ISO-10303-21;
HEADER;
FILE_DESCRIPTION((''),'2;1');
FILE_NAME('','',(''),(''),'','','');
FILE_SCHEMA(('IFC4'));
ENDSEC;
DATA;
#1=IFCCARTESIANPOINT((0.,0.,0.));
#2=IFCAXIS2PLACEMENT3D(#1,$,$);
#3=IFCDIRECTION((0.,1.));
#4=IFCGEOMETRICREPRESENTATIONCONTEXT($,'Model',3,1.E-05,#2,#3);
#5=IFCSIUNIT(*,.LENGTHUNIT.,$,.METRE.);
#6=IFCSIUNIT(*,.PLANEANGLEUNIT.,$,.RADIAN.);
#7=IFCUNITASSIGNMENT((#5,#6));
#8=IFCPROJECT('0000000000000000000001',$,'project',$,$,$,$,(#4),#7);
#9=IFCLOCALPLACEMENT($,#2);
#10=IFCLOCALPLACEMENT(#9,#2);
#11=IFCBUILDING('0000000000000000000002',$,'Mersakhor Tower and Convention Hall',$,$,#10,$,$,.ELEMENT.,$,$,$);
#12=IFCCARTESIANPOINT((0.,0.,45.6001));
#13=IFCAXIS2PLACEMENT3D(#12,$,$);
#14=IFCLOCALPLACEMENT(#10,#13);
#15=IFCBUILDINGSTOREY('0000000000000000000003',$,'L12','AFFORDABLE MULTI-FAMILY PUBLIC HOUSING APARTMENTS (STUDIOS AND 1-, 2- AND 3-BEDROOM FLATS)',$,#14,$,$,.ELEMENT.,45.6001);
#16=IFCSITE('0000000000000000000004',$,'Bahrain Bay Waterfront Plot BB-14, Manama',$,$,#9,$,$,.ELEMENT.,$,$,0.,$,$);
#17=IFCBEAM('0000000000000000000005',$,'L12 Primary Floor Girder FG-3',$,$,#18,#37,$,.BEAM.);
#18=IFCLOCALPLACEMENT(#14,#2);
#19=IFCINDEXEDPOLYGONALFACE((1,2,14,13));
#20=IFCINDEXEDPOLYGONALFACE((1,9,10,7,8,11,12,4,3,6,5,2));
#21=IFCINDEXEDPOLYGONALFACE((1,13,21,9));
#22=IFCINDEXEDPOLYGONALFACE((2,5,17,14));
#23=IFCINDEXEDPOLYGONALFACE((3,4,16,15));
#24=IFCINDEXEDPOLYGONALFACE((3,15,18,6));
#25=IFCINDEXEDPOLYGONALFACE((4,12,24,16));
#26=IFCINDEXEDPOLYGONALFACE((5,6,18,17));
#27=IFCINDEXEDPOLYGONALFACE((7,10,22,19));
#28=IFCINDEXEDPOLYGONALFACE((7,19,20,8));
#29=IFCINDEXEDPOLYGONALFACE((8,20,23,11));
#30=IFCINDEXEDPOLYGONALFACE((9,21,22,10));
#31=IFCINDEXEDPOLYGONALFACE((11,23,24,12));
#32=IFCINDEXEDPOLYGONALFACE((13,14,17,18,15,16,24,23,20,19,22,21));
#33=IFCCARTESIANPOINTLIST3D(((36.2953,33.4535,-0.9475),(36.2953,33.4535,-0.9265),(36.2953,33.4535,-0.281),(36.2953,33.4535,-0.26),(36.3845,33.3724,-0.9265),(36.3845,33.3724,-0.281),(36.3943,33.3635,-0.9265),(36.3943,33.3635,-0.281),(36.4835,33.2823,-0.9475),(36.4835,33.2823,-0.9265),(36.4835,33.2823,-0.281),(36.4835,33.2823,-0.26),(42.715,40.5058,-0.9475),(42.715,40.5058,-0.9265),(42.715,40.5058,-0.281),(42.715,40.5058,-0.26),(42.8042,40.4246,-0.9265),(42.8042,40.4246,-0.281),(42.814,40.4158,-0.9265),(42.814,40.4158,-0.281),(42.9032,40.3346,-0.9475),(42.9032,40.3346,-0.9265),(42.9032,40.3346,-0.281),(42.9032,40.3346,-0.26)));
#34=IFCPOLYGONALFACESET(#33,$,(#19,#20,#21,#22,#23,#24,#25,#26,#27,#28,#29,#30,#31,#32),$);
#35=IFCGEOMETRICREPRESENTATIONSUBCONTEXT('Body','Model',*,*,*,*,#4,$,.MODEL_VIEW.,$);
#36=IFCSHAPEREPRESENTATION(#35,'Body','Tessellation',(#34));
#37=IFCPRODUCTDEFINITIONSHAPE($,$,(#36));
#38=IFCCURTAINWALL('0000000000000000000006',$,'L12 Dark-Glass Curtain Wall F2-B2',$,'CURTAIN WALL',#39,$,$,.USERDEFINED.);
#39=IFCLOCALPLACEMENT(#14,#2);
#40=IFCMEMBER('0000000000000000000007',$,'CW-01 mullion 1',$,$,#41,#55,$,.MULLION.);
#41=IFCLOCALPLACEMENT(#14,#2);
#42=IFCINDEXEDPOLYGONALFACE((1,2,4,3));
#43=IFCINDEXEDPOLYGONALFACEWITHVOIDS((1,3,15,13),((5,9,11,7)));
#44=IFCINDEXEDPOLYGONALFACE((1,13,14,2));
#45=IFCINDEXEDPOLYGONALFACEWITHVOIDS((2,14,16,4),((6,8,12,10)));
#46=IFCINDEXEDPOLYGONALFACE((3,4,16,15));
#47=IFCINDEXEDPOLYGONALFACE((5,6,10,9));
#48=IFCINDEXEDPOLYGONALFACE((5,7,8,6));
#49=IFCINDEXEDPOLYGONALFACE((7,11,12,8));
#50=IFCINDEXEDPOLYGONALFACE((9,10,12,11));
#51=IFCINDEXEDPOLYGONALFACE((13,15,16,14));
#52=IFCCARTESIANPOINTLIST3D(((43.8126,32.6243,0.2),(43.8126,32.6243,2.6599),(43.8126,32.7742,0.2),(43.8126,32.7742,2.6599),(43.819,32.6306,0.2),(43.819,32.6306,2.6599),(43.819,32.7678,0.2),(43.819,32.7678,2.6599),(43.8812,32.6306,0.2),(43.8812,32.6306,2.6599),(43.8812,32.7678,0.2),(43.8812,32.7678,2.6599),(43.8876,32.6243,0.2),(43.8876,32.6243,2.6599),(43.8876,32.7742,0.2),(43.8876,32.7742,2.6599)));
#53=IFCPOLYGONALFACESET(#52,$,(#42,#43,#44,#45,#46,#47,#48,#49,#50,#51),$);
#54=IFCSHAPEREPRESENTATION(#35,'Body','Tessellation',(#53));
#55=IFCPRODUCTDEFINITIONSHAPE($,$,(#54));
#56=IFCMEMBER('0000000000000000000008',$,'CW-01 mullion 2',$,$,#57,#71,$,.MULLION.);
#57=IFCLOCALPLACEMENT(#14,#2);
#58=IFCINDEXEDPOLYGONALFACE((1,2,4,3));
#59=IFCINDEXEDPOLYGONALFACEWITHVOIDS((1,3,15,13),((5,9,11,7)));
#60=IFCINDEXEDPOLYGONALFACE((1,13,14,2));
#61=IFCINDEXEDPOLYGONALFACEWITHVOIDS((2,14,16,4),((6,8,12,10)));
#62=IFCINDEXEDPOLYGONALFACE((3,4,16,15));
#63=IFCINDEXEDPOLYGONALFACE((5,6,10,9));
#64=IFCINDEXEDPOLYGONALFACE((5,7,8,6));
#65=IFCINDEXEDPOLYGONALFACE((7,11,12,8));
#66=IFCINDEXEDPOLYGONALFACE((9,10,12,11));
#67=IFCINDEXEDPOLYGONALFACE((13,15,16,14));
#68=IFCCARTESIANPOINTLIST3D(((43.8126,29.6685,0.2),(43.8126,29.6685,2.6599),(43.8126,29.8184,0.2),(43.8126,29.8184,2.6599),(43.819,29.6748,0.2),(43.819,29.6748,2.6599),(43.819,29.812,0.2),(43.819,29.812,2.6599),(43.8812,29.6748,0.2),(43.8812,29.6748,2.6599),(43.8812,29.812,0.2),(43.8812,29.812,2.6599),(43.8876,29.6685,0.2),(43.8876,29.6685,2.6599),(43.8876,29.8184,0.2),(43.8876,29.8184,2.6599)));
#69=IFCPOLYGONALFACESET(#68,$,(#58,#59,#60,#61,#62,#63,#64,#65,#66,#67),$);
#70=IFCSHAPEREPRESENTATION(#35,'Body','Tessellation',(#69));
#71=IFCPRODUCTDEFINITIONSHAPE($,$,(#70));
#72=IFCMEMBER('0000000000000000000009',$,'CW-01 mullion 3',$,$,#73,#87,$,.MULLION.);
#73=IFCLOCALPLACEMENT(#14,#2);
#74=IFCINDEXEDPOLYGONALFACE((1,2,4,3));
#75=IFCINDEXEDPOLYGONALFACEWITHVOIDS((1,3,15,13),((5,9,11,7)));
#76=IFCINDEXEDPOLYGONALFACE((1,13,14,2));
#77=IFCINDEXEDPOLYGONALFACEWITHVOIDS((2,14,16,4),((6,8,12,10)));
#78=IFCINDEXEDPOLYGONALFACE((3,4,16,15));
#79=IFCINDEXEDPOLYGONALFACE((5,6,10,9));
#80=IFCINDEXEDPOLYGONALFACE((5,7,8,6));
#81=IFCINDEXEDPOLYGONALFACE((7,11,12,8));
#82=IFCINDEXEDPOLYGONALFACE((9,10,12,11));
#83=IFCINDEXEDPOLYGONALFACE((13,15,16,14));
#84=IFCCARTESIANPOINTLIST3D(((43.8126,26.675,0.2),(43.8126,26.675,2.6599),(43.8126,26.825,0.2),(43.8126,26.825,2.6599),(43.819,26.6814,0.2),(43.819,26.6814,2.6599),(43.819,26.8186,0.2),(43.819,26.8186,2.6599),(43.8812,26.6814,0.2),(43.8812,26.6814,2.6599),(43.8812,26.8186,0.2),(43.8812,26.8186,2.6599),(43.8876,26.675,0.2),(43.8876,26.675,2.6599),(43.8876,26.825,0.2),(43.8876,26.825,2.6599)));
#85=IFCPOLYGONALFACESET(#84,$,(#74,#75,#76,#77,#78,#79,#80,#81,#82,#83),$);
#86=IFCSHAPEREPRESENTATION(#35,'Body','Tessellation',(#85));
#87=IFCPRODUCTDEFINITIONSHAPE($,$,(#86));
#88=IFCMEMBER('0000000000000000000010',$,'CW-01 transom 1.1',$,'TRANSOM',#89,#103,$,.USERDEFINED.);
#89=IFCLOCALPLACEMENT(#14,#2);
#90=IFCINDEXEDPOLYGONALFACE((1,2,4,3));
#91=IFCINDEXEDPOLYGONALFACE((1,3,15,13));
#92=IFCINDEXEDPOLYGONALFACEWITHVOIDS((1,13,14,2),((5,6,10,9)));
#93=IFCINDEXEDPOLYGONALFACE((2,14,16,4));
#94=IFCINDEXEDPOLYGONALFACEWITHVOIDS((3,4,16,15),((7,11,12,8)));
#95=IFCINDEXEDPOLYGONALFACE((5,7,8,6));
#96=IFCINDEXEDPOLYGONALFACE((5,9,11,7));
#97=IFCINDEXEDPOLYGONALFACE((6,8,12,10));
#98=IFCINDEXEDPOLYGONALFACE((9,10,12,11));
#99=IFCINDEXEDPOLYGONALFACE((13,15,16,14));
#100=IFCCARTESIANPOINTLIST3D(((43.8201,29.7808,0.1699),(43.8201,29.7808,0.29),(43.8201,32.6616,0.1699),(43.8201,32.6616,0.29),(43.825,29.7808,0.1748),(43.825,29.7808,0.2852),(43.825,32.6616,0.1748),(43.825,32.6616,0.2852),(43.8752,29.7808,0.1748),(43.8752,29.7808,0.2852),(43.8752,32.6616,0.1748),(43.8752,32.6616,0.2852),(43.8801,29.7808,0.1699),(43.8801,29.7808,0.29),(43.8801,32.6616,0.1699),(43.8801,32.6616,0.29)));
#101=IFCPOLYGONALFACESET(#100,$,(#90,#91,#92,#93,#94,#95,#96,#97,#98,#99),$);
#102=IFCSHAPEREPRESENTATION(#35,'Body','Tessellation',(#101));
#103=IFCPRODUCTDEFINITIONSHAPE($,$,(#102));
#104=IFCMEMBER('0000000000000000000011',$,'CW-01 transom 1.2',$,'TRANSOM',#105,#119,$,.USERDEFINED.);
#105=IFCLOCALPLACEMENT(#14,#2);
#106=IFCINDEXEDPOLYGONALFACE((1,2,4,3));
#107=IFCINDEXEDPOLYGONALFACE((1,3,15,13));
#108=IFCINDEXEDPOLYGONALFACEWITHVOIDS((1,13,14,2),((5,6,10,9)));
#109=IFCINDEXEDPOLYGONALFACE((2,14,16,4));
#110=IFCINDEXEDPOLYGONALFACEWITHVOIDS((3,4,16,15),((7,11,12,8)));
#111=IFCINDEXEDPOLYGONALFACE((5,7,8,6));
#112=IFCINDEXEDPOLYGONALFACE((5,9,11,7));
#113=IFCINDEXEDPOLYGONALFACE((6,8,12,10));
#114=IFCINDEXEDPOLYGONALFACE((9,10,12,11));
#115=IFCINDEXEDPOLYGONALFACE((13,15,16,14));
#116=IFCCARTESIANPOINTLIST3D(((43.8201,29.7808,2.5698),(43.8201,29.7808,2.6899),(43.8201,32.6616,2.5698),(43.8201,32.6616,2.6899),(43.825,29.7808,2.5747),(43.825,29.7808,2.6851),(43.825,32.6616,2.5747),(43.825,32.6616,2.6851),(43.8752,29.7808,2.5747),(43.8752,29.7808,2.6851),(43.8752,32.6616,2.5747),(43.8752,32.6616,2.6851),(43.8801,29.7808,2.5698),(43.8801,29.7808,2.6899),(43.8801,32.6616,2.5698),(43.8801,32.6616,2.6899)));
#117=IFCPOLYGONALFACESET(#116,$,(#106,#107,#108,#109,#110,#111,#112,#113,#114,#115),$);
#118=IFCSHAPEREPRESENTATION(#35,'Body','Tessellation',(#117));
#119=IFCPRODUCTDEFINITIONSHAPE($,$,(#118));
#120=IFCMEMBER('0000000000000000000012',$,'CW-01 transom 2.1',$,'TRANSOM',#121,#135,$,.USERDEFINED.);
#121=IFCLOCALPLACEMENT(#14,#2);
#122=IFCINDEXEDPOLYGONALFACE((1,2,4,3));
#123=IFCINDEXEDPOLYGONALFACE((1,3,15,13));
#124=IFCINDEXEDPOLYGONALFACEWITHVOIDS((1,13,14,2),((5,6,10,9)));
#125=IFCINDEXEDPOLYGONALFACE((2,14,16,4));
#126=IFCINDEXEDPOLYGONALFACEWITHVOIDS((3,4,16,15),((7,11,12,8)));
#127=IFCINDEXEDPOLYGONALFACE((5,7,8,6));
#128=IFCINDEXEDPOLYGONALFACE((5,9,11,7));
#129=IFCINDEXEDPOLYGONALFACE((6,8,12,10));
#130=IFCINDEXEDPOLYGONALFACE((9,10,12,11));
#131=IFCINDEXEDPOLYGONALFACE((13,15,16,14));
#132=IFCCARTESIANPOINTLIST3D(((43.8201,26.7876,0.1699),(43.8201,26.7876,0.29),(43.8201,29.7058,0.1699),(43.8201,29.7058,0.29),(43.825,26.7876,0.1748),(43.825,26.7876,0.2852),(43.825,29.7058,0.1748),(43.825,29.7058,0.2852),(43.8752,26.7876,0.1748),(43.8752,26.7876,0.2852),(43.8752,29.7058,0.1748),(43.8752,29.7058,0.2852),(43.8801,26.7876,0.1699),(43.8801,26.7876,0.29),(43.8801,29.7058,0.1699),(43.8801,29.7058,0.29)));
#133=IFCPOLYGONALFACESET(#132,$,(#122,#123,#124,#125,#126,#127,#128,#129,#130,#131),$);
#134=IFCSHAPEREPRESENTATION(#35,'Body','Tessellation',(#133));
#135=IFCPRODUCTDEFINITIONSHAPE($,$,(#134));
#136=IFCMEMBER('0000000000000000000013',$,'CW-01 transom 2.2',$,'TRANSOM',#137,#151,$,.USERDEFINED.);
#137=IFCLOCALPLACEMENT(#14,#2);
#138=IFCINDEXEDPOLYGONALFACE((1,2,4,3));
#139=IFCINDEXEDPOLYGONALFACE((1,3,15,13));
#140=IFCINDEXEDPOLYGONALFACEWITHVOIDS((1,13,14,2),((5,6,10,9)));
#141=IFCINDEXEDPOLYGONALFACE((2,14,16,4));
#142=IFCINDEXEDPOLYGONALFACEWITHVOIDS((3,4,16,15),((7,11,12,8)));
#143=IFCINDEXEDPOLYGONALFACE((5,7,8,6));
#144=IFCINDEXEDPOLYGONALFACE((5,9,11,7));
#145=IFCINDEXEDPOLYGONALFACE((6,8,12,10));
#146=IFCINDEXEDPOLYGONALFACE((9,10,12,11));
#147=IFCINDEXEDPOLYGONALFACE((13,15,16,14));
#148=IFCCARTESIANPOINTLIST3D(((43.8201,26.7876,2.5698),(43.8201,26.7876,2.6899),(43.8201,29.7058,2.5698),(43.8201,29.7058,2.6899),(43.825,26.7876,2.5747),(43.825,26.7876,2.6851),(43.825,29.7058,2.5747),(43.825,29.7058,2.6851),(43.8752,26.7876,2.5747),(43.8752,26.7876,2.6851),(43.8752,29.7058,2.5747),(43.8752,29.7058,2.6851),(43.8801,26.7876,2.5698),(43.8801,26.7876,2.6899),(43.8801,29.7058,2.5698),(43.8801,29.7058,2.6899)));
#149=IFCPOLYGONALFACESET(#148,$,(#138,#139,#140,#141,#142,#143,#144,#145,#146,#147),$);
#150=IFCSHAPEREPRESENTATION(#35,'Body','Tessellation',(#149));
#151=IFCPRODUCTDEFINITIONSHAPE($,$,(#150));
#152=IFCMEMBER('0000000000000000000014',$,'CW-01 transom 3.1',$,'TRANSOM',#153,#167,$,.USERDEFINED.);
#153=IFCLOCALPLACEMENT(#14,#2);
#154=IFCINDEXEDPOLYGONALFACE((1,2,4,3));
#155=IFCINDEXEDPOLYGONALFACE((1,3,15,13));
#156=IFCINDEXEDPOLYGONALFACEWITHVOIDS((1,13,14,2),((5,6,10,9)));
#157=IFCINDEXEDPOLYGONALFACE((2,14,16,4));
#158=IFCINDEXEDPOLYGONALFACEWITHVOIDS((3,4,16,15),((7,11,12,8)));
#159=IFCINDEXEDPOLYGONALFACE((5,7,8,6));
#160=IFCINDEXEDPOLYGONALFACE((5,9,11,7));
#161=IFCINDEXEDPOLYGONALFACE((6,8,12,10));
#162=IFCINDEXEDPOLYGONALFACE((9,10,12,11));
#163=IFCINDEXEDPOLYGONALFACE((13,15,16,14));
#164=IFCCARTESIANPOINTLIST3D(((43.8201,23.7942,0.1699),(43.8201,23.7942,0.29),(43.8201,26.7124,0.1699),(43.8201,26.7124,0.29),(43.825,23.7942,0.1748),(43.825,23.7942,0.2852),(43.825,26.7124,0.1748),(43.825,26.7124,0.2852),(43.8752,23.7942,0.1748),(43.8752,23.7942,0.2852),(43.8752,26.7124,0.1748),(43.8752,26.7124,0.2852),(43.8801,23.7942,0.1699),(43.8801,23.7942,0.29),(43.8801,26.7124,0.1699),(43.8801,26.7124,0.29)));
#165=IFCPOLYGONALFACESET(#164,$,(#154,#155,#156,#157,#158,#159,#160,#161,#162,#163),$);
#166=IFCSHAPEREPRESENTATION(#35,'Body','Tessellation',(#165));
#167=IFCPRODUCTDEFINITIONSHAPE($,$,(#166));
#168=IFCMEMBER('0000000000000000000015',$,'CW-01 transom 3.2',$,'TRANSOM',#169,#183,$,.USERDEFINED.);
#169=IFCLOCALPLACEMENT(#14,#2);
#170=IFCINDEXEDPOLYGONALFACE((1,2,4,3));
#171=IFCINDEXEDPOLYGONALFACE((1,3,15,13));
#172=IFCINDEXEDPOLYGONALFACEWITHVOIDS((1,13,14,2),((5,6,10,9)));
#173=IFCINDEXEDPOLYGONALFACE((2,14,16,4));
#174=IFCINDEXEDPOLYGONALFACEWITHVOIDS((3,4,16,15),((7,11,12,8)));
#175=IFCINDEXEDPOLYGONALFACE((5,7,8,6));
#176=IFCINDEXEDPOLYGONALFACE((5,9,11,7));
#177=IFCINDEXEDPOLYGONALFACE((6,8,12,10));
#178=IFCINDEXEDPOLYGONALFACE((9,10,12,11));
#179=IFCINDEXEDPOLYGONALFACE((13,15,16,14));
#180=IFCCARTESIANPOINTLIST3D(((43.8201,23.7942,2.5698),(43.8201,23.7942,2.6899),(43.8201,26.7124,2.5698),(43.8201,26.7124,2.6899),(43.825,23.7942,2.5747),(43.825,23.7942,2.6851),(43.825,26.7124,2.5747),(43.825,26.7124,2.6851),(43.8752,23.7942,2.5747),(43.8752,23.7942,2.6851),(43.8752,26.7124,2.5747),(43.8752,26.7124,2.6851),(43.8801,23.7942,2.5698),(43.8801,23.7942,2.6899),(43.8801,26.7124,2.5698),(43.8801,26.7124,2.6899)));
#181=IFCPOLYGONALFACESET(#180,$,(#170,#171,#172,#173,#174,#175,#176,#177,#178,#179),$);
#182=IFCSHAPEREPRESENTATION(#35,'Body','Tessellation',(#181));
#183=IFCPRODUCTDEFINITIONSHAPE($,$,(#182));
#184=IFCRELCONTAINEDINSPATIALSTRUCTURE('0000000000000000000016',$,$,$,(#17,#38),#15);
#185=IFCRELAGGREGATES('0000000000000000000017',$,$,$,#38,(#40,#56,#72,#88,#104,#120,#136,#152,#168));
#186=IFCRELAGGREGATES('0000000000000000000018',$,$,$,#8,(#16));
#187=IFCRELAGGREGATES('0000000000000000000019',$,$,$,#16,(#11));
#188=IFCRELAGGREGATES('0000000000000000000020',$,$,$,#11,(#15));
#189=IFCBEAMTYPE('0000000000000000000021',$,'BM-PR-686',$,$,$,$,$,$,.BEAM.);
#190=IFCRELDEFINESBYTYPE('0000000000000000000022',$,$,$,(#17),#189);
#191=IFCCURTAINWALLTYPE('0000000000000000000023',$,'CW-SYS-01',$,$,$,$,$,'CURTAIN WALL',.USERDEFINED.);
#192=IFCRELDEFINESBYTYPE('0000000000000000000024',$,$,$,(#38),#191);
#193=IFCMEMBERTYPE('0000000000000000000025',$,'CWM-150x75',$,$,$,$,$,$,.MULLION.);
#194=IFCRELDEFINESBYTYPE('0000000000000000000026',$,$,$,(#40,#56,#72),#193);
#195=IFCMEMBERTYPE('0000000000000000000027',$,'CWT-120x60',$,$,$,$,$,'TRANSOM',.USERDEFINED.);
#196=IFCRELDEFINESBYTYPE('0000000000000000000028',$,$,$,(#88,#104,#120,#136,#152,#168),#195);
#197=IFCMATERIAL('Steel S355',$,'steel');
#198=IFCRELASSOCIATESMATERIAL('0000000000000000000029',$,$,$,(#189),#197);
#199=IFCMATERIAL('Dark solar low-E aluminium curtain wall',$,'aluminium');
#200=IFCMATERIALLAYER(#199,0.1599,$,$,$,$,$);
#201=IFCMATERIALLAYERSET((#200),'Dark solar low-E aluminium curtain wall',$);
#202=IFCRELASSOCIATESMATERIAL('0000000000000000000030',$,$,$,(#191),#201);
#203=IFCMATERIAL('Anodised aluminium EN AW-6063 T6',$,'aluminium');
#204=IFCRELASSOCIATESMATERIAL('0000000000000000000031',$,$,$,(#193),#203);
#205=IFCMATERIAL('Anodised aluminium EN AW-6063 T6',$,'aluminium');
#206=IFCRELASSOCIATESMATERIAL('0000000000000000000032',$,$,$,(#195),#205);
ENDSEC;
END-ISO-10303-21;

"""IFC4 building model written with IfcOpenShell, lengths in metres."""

from ifc_helpers import new_model, si_unit, direction, frame, origin, origin_2d, place, context, subcontext, project, spatial, hollow_rectangle, i_section, extrude, material, layer, layer_set, material_profile, profile_set, type_object, element, aggregate, save


model = new_model("IFC4")

# Units and contexts
model_context = context("Model", 3, precision=1e-05, world=origin(), true_north=direction((0.0, 1.0)))
body_context = subcontext(model_context, "Body", "Model", "MODEL_VIEW")
ifc_project = project(units=[si_unit("LENGTHUNIT", "METRE"), si_unit("PLANEANGLEUNIT", "RADIAN")], contexts=[model_context])

# Site, building, storey
site_placement = place(None, origin())
site = spatial("IfcSite", under=ifc_project, at=site_placement, Name="Bahrain Bay Waterfront Plot BB-14, Manama", CompositionType="ELEMENT", RefElevation=0.0)
building_placement = place(site_placement, origin())
building = spatial("IfcBuilding", under=site, at=building_placement, Name="Mersakhor Tower and Convention Hall", CompositionType="ELEMENT")
storey_placement = place(building_placement, frame((0.0, 0.0, 45.6001)))
storey = spatial("IfcBuildingStorey", under=building, at=storey_placement, Name="L12", Description="AFFORDABLE MULTI-FAMILY PUBLIC HOUSING APARTMENTS (STUDIOS AND 1-, 2- AND 3-BEDROOM FLATS)", CompositionType="ELEMENT", Elevation=45.6001)

# Beam
ifc_material_1 = material(Name="Steel S355", Category="steel")
ifc_material_profile_1 = material_profile(ifc_material_1, i_section(OverallWidth=0.2544, OverallDepth=0.6875, WebThickness=0.0132, FlangeThickness=0.021, at=origin_2d()), Name="UB 686x254x152")
ifc_profile_set_1 = profile_set([ifc_material_profile_1], Name="Steel S355")
beam_type = type_object("IfcBeamType", Name="BM-PR-686", PredefinedType="BEAM", material=ifc_profile_set_1)
beam_placement = place(storey_placement, frame((36.3894, 33.3679, -0.6038), z_axis=(0.673163, 0.739494, 0.0), x_axis=(-0.739494, 0.673163, 0.0)))
element("IfcBeam", 1, at=beam_placement, inside=storey, type_object=beam_type, Name="L12 Primary Floor Girder FG-3", PredefinedType="BEAM", context=body_context, shape_type="SweptSolid", body=[
    extrude(i_section(OverallWidth=0.2544, OverallDepth=0.6875, WebThickness=0.0132, FlangeThickness=0.021, at=origin_2d()), origin(), (0.0, 0.0, 1.0), 9.5366),
])

# Curtain wall, members
ifc_material_2 = material(Name="Dark solar low-E aluminium curtain wall", Category="aluminium")
ifc_layer_1 = layer(ifc_material_2, 0.1599)
ifc_layer_set_1 = layer_set([ifc_layer_1], Name="Dark solar low-E aluminium curtain wall")
curtain_wall_type = type_object("IfcCurtainWallType", Name="CW-SYS-01", ElementType="CURTAIN WALL", PredefinedType="USERDEFINED", material=ifc_layer_set_1)
curtain_wall_placement = place(storey_placement, origin())
curtain_wall = element("IfcCurtainWall", 2, at=curtain_wall_placement, inside=storey, type_object=curtain_wall_type, Name="L12 Dark-Glass Curtain Wall F2-B2", ObjectType="CURTAIN WALL", PredefinedType="USERDEFINED")
ifc_material_3 = material(Name="Anodised aluminium EN AW-6063 T6", Category="aluminium")
ifc_material_profile_2 = material_profile(ifc_material_3, hollow_rectangle(XDim=0.075, YDim=0.1499, WallThickness=0.0063, at=origin_2d()), Name="RHS 150x75x6.3")
ifc_profile_set_2 = profile_set([ifc_material_profile_2], Name="Anodised aluminium EN AW-6063 T6")
member_type_1 = type_object("IfcMemberType", Name="CWM-150x75", PredefinedType="MULLION", material=ifc_profile_set_2)
member_1_placement = place(storey_placement, frame((43.8501, 32.6992, 0.2), z_axis=(0.0, 0.0, 1.0), x_axis=(1.0, 0.0, 0.0)))
member_1 = element("IfcMember", 3, at=member_1_placement, type_object=member_type_1, Name="CW-01 mullion 1", PredefinedType="MULLION", context=body_context, shape_type="SweptSolid", body=[
    extrude(hollow_rectangle(XDim=0.075, YDim=0.1499, WallThickness=0.0063, at=origin_2d()), origin(), (0.0, 0.0, 1.0), 2.46),
])
member_2_placement = place(storey_placement, frame((43.8501, 29.7434, 0.2), z_axis=(0.0, 0.0, 1.0), x_axis=(1.0, 0.0, 0.0)))
member_2 = element("IfcMember", 4, at=member_2_placement, type_object=member_type_1, Name="CW-01 mullion 2", PredefinedType="MULLION", context=body_context, shape_type="SweptSolid", body=[
    extrude(hollow_rectangle(XDim=0.075, YDim=0.1499, WallThickness=0.0063, at=origin_2d()), origin(), (0.0, 0.0, 1.0), 2.46),
])
member_3_placement = place(storey_placement, frame((43.8501, 26.75, 0.2), z_axis=(0.0, 0.0, 1.0), x_axis=(1.0, 0.0, 0.0)))
member_3 = element("IfcMember", 5, at=member_3_placement, type_object=member_type_1, Name="CW-01 mullion 3", PredefinedType="MULLION", context=body_context, shape_type="SweptSolid", body=[
    extrude(hollow_rectangle(XDim=0.075, YDim=0.1499, WallThickness=0.0063, at=origin_2d()), origin(), (0.0, 0.0, 1.0), 2.46),
])
ifc_material_4 = material(Name="Anodised aluminium EN AW-6063 T6", Category="aluminium")
ifc_material_profile_3 = material_profile(ifc_material_4, hollow_rectangle(XDim=0.0601, YDim=0.1201, WallThickness=0.0049, at=origin_2d()), Name="RHS 120x60x5")
ifc_profile_set_3 = profile_set([ifc_material_profile_3], Name="Anodised aluminium EN AW-6063 T6")
member_type_2 = type_object("IfcMemberType", Name="CWT-120x60", ElementType="TRANSOM", PredefinedType="USERDEFINED", material=ifc_profile_set_3)
member_4_placement = place(storey_placement, frame((43.8501, 32.6616, 0.23), z_axis=(0.0, -1.0, 0.0), x_axis=(1.0, 0.0, 0.0)))
member_4 = element("IfcMember", 6, at=member_4_placement, type_object=member_type_2, Name="CW-01 transom 1.1", ObjectType="TRANSOM", PredefinedType="USERDEFINED", context=body_context, shape_type="SweptSolid", body=[
    extrude(hollow_rectangle(XDim=0.0601, YDim=0.1201, WallThickness=0.0049, at=origin_2d()), origin(), (0.0, 0.0, 1.0), 2.8809),
])
member_5_placement = place(storey_placement, frame((43.8501, 32.6616, 2.6299), z_axis=(0.0, -1.0, 0.0), x_axis=(1.0, 0.0, 0.0)))
member_5 = element("IfcMember", 7, at=member_5_placement, type_object=member_type_2, Name="CW-01 transom 1.2", ObjectType="TRANSOM", PredefinedType="USERDEFINED", context=body_context, shape_type="SweptSolid", body=[
    extrude(hollow_rectangle(XDim=0.0601, YDim=0.1201, WallThickness=0.0049, at=origin_2d()), origin(), (0.0, 0.0, 1.0), 2.8809),
])
member_6_placement = place(storey_placement, frame((43.8501, 29.7058, 0.23), z_axis=(0.0, -1.0, 0.0), x_axis=(1.0, 0.0, 0.0)))
member_6 = element("IfcMember", 8, at=member_6_placement, type_object=member_type_2, Name="CW-01 transom 2.1", ObjectType="TRANSOM", PredefinedType="USERDEFINED", context=body_context, shape_type="SweptSolid", body=[
    extrude(hollow_rectangle(XDim=0.0601, YDim=0.1201, WallThickness=0.0049, at=origin_2d()), origin(), (0.0, 0.0, 1.0), 2.9182),
])
member_7_placement = place(storey_placement, frame((43.8501, 29.7058, 2.6299), z_axis=(0.0, -1.0, 0.0), x_axis=(1.0, 0.0, 0.0)))
member_7 = element("IfcMember", 9, at=member_7_placement, type_object=member_type_2, Name="CW-01 transom 2.2", ObjectType="TRANSOM", PredefinedType="USERDEFINED", context=body_context, shape_type="SweptSolid", body=[
    extrude(hollow_rectangle(XDim=0.0601, YDim=0.1201, WallThickness=0.0049, at=origin_2d()), origin(), (0.0, 0.0, 1.0), 2.9182),
])
member_8_placement = place(storey_placement, frame((43.8501, 26.7124, 0.23), z_axis=(0.0, -1.0, 0.0), x_axis=(1.0, 0.0, 0.0)))
member_8 = element("IfcMember", 10, at=member_8_placement, type_object=member_type_2, Name="CW-01 transom 3.1", ObjectType="TRANSOM", PredefinedType="USERDEFINED", context=body_context, shape_type="SweptSolid", body=[
    extrude(hollow_rectangle(XDim=0.0601, YDim=0.1201, WallThickness=0.0049, at=origin_2d()), origin(), (0.0, 0.0, 1.0), 2.9182),
])
member_9_placement = place(storey_placement, frame((43.8501, 26.7124, 2.6299), z_axis=(0.0, -1.0, 0.0), x_axis=(1.0, 0.0, 0.0)))
member_9 = element("IfcMember", 11, at=member_9_placement, type_object=member_type_2, Name="CW-01 transom 3.2", ObjectType="TRANSOM", PredefinedType="USERDEFINED", context=body_context, shape_type="SweptSolid", body=[
    extrude(hollow_rectangle(XDim=0.0601, YDim=0.1201, WallThickness=0.0049, at=origin_2d()), origin(), (0.0, 0.0, 1.0), 2.9182),
])
aggregate(curtain_wall, [member_1, member_2, member_3, member_4, member_5, member_6, member_7, member_8, member_9])

save(model, "model.ifc")
